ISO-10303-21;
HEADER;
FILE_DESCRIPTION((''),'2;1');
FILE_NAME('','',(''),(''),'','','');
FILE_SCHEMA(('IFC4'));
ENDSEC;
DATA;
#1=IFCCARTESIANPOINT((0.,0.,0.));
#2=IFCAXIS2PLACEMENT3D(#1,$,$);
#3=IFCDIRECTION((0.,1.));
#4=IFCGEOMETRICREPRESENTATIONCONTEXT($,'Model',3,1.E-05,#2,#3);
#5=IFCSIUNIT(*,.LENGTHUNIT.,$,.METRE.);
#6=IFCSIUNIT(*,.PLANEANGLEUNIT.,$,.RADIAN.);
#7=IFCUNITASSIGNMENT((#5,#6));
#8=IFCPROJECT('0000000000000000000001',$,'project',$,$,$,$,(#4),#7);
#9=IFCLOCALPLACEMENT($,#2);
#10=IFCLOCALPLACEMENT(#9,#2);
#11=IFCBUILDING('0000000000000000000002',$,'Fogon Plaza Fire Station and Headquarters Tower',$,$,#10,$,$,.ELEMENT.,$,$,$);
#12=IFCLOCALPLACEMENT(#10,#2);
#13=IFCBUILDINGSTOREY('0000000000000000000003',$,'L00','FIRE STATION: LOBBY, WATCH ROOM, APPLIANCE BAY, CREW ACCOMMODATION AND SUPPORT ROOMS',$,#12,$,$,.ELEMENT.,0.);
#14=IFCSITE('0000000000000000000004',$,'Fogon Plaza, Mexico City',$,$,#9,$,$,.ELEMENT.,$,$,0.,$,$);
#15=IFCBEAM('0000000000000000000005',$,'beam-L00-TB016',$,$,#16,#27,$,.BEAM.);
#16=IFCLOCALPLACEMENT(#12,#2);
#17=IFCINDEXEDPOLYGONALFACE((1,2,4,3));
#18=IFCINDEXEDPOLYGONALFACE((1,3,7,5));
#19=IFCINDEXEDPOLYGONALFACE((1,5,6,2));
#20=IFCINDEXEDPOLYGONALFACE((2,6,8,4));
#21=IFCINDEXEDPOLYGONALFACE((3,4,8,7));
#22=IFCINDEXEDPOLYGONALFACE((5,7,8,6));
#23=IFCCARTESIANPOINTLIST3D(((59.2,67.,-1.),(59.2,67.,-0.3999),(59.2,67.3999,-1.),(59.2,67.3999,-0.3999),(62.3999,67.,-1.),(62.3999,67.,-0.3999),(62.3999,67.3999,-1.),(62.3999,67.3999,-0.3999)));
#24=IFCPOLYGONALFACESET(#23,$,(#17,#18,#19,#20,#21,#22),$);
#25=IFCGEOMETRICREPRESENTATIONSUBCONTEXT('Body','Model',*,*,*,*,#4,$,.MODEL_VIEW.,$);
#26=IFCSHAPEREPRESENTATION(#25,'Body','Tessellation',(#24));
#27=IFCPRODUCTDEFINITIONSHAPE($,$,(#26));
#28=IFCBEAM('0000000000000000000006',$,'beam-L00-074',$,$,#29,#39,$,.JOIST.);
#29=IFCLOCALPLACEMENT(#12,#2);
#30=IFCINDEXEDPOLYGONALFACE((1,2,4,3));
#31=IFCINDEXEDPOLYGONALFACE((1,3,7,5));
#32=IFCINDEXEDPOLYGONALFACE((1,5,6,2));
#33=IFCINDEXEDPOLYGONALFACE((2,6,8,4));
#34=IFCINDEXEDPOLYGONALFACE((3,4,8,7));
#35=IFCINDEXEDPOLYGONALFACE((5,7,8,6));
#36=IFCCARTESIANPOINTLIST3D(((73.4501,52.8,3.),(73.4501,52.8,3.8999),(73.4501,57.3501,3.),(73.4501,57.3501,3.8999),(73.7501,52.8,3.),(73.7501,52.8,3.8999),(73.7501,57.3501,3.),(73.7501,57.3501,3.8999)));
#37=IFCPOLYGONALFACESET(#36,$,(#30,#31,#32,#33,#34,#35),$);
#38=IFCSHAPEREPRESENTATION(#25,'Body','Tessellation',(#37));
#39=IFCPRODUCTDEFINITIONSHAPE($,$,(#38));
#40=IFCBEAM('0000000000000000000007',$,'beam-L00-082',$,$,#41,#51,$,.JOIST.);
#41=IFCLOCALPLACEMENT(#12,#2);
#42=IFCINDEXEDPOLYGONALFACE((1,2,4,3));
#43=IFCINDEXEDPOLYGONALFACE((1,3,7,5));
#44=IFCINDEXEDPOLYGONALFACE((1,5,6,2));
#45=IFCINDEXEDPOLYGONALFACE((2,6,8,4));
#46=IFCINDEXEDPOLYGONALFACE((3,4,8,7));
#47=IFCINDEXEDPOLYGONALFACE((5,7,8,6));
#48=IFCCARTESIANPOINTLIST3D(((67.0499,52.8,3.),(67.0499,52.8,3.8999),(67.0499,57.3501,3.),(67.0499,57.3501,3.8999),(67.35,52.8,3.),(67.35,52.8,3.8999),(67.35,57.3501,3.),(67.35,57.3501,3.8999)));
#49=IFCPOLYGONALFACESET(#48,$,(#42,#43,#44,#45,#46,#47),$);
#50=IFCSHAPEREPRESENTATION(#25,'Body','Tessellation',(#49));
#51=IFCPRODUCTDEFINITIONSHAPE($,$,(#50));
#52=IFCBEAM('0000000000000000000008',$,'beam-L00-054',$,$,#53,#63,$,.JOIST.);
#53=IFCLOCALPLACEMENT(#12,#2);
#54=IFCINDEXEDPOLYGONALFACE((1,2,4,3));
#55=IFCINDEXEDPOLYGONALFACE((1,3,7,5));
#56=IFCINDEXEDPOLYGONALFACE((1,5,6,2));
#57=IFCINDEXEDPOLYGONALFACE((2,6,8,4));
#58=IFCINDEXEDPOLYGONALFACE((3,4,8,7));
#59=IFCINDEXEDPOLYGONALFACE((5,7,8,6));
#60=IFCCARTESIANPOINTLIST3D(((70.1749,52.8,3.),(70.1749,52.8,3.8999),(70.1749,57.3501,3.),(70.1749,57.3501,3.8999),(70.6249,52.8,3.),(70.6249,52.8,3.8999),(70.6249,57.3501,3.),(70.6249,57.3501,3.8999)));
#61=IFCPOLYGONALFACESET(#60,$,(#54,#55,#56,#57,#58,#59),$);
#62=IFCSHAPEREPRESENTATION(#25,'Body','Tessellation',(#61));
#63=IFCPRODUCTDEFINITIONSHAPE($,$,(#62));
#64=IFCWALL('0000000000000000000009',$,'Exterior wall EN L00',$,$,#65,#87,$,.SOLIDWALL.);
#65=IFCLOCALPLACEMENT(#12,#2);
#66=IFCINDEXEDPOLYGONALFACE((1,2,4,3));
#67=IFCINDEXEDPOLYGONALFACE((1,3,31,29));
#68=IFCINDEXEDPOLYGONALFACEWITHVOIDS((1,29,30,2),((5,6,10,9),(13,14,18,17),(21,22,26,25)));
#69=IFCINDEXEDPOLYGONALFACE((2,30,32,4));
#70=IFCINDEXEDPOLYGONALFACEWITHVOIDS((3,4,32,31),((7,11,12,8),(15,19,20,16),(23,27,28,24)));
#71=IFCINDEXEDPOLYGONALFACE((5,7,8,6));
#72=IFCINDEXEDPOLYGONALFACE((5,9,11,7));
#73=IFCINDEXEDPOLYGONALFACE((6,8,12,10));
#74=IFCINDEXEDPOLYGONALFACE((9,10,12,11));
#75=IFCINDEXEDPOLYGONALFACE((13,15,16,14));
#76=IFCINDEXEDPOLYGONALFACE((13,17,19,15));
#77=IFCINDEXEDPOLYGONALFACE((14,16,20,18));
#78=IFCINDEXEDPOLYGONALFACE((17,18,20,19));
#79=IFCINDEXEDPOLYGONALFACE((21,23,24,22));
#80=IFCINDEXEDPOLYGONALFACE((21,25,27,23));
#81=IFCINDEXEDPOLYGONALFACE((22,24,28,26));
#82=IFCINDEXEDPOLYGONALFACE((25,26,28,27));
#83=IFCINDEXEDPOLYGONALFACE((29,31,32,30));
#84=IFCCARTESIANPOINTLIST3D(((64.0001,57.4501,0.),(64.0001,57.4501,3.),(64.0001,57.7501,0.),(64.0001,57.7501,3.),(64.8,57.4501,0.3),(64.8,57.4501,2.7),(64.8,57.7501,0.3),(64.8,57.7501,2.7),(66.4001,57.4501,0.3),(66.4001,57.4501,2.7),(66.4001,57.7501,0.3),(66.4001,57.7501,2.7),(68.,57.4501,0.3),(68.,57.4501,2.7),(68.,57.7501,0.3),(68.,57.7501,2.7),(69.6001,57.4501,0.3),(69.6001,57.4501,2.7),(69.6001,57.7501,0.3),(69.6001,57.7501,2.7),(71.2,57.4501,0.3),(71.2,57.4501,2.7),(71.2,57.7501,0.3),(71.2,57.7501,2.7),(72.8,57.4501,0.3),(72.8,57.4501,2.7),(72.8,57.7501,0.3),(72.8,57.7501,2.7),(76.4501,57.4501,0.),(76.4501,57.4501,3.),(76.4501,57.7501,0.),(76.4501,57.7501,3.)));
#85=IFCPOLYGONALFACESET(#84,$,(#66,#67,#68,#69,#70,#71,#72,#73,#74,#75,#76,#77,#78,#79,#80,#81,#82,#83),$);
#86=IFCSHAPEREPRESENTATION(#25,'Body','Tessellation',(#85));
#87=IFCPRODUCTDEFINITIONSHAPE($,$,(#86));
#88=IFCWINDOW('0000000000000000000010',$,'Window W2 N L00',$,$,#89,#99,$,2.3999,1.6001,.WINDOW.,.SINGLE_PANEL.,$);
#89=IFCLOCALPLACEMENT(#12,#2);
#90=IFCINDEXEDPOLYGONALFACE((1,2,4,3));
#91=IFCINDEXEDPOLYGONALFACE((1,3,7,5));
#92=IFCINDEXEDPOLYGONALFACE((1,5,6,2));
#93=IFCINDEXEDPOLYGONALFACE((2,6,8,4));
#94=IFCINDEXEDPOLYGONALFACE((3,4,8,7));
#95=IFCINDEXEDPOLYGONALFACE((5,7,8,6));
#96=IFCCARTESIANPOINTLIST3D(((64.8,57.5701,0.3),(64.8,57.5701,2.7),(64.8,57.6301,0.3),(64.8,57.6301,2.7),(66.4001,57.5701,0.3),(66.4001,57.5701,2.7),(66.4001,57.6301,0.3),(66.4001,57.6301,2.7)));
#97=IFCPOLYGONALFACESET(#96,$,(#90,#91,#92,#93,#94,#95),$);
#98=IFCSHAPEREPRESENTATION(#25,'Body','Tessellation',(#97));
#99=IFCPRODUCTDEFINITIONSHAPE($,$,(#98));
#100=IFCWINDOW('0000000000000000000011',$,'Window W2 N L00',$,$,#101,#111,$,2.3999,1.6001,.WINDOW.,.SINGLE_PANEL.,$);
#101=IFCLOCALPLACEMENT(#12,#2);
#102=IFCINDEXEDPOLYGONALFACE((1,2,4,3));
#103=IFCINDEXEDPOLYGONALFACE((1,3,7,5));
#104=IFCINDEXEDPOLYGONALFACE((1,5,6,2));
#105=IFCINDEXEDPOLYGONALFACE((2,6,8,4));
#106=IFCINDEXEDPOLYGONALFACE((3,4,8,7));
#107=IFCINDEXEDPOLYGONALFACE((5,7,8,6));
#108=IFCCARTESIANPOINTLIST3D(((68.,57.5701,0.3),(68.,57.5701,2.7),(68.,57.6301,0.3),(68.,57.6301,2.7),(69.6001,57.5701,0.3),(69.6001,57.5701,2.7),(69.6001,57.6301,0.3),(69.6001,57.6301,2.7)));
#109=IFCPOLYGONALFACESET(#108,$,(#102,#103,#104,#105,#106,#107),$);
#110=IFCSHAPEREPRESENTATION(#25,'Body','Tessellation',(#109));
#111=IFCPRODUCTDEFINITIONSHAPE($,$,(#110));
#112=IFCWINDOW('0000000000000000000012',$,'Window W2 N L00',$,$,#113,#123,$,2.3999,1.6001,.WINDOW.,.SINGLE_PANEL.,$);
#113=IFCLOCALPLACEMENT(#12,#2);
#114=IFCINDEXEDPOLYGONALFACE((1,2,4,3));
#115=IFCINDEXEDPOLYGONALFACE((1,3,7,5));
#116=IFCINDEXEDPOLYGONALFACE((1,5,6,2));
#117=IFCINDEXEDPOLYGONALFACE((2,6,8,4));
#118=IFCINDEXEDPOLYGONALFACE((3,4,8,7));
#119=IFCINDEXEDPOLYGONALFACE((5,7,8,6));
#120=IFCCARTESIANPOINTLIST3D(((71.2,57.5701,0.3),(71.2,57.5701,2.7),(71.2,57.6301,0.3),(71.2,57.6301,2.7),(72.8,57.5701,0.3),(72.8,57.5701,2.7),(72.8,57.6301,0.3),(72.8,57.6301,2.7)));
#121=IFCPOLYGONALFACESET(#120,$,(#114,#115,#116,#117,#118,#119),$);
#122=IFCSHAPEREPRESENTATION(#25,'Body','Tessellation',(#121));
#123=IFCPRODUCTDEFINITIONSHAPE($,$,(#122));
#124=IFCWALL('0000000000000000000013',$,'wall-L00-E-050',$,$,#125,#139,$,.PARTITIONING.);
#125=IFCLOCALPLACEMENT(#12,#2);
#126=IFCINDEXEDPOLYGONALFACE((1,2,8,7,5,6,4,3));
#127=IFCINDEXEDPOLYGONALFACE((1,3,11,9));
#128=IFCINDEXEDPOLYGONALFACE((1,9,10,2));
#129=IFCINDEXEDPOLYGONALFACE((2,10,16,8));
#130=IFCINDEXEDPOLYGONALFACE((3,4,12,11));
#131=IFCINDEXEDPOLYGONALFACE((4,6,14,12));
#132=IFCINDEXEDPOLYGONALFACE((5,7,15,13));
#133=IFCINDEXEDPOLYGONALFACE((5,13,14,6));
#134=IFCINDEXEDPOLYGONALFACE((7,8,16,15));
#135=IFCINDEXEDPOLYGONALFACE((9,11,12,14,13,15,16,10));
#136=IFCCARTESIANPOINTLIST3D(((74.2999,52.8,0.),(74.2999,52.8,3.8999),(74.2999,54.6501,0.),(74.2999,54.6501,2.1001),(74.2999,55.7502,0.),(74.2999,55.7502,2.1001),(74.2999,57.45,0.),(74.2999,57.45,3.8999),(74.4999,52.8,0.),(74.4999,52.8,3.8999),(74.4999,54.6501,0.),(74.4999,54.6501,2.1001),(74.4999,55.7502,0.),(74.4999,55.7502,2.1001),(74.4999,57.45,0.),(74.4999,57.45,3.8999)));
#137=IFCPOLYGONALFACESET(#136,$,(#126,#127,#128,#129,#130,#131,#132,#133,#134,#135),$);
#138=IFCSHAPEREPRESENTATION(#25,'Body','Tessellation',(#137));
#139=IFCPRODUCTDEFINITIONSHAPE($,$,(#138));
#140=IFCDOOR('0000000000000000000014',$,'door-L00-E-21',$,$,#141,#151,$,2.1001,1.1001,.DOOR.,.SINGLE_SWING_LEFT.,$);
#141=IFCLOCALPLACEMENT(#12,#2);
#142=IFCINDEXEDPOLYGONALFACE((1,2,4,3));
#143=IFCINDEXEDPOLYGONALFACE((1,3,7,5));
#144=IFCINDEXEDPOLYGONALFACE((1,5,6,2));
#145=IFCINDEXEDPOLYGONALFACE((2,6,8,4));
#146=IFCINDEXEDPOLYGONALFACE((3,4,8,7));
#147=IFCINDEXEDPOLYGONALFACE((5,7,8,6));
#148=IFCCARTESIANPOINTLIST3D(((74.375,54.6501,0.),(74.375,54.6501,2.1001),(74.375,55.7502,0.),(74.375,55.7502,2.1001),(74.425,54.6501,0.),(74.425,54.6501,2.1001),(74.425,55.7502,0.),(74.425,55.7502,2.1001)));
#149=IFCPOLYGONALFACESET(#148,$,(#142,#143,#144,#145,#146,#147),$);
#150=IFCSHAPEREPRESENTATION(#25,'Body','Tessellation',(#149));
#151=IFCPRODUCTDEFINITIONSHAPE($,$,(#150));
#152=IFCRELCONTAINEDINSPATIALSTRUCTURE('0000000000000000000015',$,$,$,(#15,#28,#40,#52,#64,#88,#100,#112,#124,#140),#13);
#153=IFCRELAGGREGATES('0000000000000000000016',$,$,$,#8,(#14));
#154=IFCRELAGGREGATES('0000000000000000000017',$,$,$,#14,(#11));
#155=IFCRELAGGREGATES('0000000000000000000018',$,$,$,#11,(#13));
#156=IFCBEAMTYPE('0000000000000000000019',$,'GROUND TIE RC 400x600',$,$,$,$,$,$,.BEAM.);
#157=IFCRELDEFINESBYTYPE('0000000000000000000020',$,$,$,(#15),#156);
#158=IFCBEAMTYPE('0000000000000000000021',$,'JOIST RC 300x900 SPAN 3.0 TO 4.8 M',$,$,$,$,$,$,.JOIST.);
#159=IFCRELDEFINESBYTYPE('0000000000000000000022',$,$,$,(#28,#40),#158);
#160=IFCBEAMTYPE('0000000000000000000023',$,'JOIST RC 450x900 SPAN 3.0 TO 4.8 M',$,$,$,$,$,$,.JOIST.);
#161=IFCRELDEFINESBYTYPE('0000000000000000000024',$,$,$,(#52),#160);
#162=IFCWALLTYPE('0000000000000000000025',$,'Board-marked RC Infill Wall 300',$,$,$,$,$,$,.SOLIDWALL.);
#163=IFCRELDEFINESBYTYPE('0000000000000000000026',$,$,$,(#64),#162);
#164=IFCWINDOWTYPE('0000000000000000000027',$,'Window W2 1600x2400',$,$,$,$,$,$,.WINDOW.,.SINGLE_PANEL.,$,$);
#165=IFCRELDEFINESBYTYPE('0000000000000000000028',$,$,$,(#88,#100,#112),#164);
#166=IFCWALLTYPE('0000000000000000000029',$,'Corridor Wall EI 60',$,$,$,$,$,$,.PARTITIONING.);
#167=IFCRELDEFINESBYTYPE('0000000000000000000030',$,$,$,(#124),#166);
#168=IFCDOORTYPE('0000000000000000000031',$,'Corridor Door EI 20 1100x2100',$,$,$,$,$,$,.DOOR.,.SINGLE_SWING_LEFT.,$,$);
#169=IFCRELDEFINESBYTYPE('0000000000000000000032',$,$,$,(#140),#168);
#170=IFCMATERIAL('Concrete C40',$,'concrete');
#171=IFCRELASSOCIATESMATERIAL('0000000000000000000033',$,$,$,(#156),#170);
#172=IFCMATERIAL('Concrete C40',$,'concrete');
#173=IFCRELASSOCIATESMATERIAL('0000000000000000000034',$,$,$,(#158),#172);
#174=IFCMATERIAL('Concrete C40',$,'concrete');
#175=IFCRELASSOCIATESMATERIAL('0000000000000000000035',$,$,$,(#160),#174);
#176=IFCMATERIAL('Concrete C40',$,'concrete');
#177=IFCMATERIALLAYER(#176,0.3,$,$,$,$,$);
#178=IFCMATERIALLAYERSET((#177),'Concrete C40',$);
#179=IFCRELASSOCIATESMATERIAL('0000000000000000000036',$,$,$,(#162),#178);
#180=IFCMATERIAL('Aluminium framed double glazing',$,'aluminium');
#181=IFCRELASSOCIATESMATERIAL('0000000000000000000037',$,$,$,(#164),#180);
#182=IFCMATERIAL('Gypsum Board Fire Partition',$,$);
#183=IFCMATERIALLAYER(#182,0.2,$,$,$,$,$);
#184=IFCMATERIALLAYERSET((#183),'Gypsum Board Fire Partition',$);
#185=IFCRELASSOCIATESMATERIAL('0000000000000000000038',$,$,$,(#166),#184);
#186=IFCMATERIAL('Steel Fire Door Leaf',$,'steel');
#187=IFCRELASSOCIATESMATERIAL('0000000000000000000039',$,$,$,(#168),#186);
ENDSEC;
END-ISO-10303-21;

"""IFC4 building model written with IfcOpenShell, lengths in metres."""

from ifc_helpers import new_model, si_unit, direction, frame, frame_2d, origin, origin_2d, place, context, subcontext, project, spatial, rectangle, extrude, material, layer, layer_set, material_profile, profile_set, type_object, element, fill, save


model = new_model("IFC4")

# Units and contexts
model_context = context("Model", 3, precision=1e-05, world=origin(), true_north=direction((0.0, 1.0)))
body_context = subcontext(model_context, "Body", "Model", "MODEL_VIEW")
ifc_project = project(units=[si_unit("LENGTHUNIT", "METRE"), si_unit("PLANEANGLEUNIT", "RADIAN")], contexts=[model_context])

# Site, building, storey
site_placement = place(None, origin())
site = spatial("IfcSite", under=ifc_project, at=site_placement, Name="Fogon Plaza, Mexico City", CompositionType="ELEMENT", RefElevation=0.0)
building_placement = place(site_placement, origin())
building = spatial("IfcBuilding", under=site, at=building_placement, Name="Fogon Plaza Fire Station and Headquarters Tower", CompositionType="ELEMENT")
storey_placement = place(building_placement, origin())
storey = spatial("IfcBuildingStorey", under=building, at=storey_placement, Name="L00", Description="FIRE STATION: LOBBY, WATCH ROOM, APPLIANCE BAY, CREW ACCOMMODATION AND SUPPORT ROOMS", CompositionType="ELEMENT", Elevation=0.0)

# Beams
ifc_material_1 = material(Name="Concrete C40", Category="concrete")
ifc_material_profile_1 = material_profile(ifc_material_1, rectangle(XDim=0.3999, YDim=0.6001, at=origin_2d()), Name="RC 400x600")
ifc_profile_set_1 = profile_set([ifc_material_profile_1], Name="Concrete C40")
beam_type_1 = type_object("IfcBeamType", Name="GROUND TIE RC 400x600", PredefinedType="BEAM", material=ifc_profile_set_1)
beam_1_placement = place(storey_placement, frame((59.2, 67.2, -0.7), z_axis=(1.0, 0.0, 0.0), x_axis=(0.0, 1.0, 0.0)))
element("IfcBeam", 1, at=beam_1_placement, inside=storey, type_object=beam_type_1, Name="beam-L00-TB016", PredefinedType="BEAM", context=body_context, shape_type="SweptSolid", body=[
    extrude(rectangle(XDim=0.3999, YDim=0.6001, at=origin_2d()), origin(), (0.0, 0.0, 1.0), 3.2),
])
ifc_material_2 = material(Name="Concrete C40", Category="concrete")
ifc_material_profile_2 = material_profile(ifc_material_2, rectangle(XDim=0.3, YDim=0.8999, at=origin_2d()), Name="RC 300x900")
ifc_profile_set_2 = profile_set([ifc_material_profile_2], Name="Concrete C40")
beam_type_2 = type_object("IfcBeamType", Name="JOIST RC 300x900 SPAN 3.0 TO 4.8 M", PredefinedType="JOIST", material=ifc_profile_set_2)
for number, where, z_axis, x_axis, name in (
    (2, (73.6001, 52.8, 3.45), (0.0, 1.0, 0.0), (-1.0, 0.0, 0.0), "beam-L00-074"),
    (3, (67.2, 52.8, 3.45), (0.0, 1.0, 0.0), (-1.0, 0.0, 0.0), "beam-L00-082"),
):
    element("IfcBeam", number, at=place(storey_placement, frame(where, z_axis=z_axis, x_axis=x_axis)), inside=storey, type_object=beam_type_2, Name=name, PredefinedType="JOIST", context=body_context, shape_type="SweptSolid", body=[
        extrude(rectangle(XDim=0.3, YDim=0.8999, at=origin_2d()), origin(), (0.0, 0.0, 1.0), 4.55),
    ])
ifc_material_3 = material(Name="Concrete C40", Category="concrete")
ifc_material_profile_3 = material_profile(ifc_material_3, rectangle(XDim=0.45, YDim=0.8999, at=origin_2d()), Name="RC 450x900")
ifc_profile_set_3 = profile_set([ifc_material_profile_3], Name="Concrete C40")
beam_type_3 = type_object("IfcBeamType", Name="JOIST RC 450x900 SPAN 3.0 TO 4.8 M", PredefinedType="JOIST", material=ifc_profile_set_3)
beam_2_placement = place(storey_placement, frame((70.3999, 52.8, 3.45), z_axis=(0.0, 1.0, 0.0), x_axis=(-1.0, 0.0, 0.0)))
element("IfcBeam", 4, at=beam_2_placement, inside=storey, type_object=beam_type_3, Name="beam-L00-054", PredefinedType="JOIST", context=body_context, shape_type="SweptSolid", body=[
    extrude(rectangle(XDim=0.45, YDim=0.8999, at=origin_2d()), origin(), (0.0, 0.0, 1.0), 4.55),
])

# Wall, openings, windows
ifc_material_4 = material(Name="Concrete C40", Category="concrete")
ifc_layer_1 = layer(ifc_material_4, 0.3)
ifc_layer_set_1 = layer_set([ifc_layer_1], Name="Concrete C40")
wall_type_1 = type_object("IfcWallType", Name="Board-marked RC Infill Wall 300", PredefinedType="SOLIDWALL", material=ifc_layer_set_1)
wall_1_placement = place(storey_placement, frame((64.0, 57.6001, 0.0), z_axis=(0.0, 0.0, 1.0), x_axis=(1.0, 0.0, 0.0)))
wall_1 = element("IfcWall", 5, at=wall_1_placement, inside=storey, type_object=wall_type_1, Name="Exterior wall EN L00", PredefinedType="SOLIDWALL", context=body_context, shape_type="SweptSolid", body=[
    extrude(rectangle(XDim=12.45, YDim=0.3, at=frame_2d((6.2251, 0.0))), origin(), (0.0, 0.0, 1.0), 3.0),
])
opening_1_placement = place(wall_1_placement, frame((0.8, 0.0, 0.3)))
opening_1 = element("IfcOpeningElement", 6, at=opening_1_placement, cuts=wall_1, PredefinedType="OPENING", context=body_context, shape_type="SweptSolid", body=[
    extrude(rectangle(XDim=1.6001, YDim=2.3999, at=frame_2d((0.8, 1.2))), frame((0.0, 0.1599, 0.0), z_axis=(0.0, -1.0, 0.0), x_axis=(1.0, 0.0, 0.0)), (0.0, 0.0, 1.0), 0.3201),
])
opening_2_placement = place(wall_1_placement, frame((4.0, 0.0, 0.3)))
opening_2 = element("IfcOpeningElement", 7, at=opening_2_placement, cuts=wall_1, PredefinedType="OPENING", context=body_context, shape_type="SweptSolid", body=[
    extrude(rectangle(XDim=1.6001, YDim=2.3999, at=frame_2d((0.8, 1.2))), frame((0.0, 0.1599, 0.0), z_axis=(0.0, -1.0, 0.0), x_axis=(1.0, 0.0, 0.0)), (0.0, 0.0, 1.0), 0.3201),
])
opening_3_placement = place(wall_1_placement, frame((7.2, 0.0, 0.3)))
opening_3 = element("IfcOpeningElement", 8, at=opening_3_placement, cuts=wall_1, PredefinedType="OPENING", context=body_context, shape_type="SweptSolid", body=[
    extrude(rectangle(XDim=1.6001, YDim=2.3999, at=frame_2d((0.8, 1.2))), frame((0.0, 0.1599, 0.0), z_axis=(0.0, -1.0, 0.0), x_axis=(1.0, 0.0, 0.0)), (0.0, 0.0, 1.0), 0.3201),
])
ifc_material_5 = material(Name="Aluminium framed double glazing", Category="aluminium")
window_type = type_object("IfcWindowType", Name="Window W2 1600x2400", PartitioningType="SINGLE_PANEL", PredefinedType="WINDOW", material=ifc_material_5)
window_1_placement = place(opening_1_placement, origin())
window_1 = element("IfcWindow", 9, at=window_1_placement, inside=storey, type_object=window_type, Name="Window W2 N L00", OverallHeight=2.3999, OverallWidth=1.6001, PartitioningType="SINGLE_PANEL", PredefinedType="WINDOW", context=body_context, shape_type="SweptSolid", body=[
    extrude(rectangle(XDim=1.6001, YDim=2.3999, at=frame_2d((0.8, 1.2))), frame((0.0, 0.03, 0.0), z_axis=(0.0, -1.0, 0.0), x_axis=(1.0, 0.0, 0.0)), (0.0, 0.0, 1.0), 0.0601),
])
fill(opening_1, window_1)
window_2_placement = place(opening_2_placement, origin())
window_2 = element("IfcWindow", 10, at=window_2_placement, inside=storey, type_object=window_type, Name="Window W2 N L00", OverallHeight=2.3999, OverallWidth=1.6001, PartitioningType="SINGLE_PANEL", PredefinedType="WINDOW", context=body_context, shape_type="SweptSolid", body=[
    extrude(rectangle(XDim=1.6001, YDim=2.3999, at=frame_2d((0.8, 1.2))), frame((0.0, 0.03, 0.0), z_axis=(0.0, -1.0, 0.0), x_axis=(1.0, 0.0, 0.0)), (0.0, 0.0, 1.0), 0.0601),
])
fill(opening_2, window_2)
window_3_placement = place(opening_3_placement, origin())
window_3 = element("IfcWindow", 11, at=window_3_placement, inside=storey, type_object=window_type, Name="Window W2 N L00", OverallHeight=2.3999, OverallWidth=1.6001, PartitioningType="SINGLE_PANEL", PredefinedType="WINDOW", context=body_context, shape_type="SweptSolid", body=[
    extrude(rectangle(XDim=1.6001, YDim=2.3999, at=frame_2d((0.8, 1.2))), frame((0.0, 0.03, 0.0), z_axis=(0.0, -1.0, 0.0), x_axis=(1.0, 0.0, 0.0)), (0.0, 0.0, 1.0), 0.0601),
])
fill(opening_3, window_3)

# Wall, opening, door
ifc_material_6 = material(Name="Gypsum Board Fire Partition")
ifc_layer_2 = layer(ifc_material_6, 0.2)
ifc_layer_set_2 = layer_set([ifc_layer_2], Name="Gypsum Board Fire Partition")
wall_type_2 = type_object("IfcWallType", Name="Corridor Wall EI 60", PredefinedType="PARTITIONING", material=ifc_layer_set_2)
wall_2_placement = place(storey_placement, frame((74.3999, 52.8, 0.0), z_axis=(0.0, 0.0, 1.0), x_axis=(0.0, 1.0, 0.0)))
wall_2 = element("IfcWall", 12, at=wall_2_placement, inside=storey, type_object=wall_type_2, Name="wall-L00-E-050", PredefinedType="PARTITIONING", context=body_context, shape_type="SweptSolid", body=[
    extrude(rectangle(XDim=4.6499, YDim=0.2, at=frame_2d((2.325, 0.0))), origin(), (0.0, 0.0, 1.0), 3.8999),
])
opening_4_placement = place(wall_2_placement, frame((1.8501, 0.0, 0.0)))
opening_4 = element("IfcOpeningElement", 13, at=opening_4_placement, cuts=wall_2, PredefinedType="OPENING", context=body_context, shape_type="SweptSolid", body=[
    extrude(rectangle(XDim=1.1001, YDim=2.1001, at=frame_2d((0.55, 1.05))), frame((0.0, 0.1099, 0.0), z_axis=(0.0, -1.0, 0.0), x_axis=(1.0, 0.0, 0.0)), (0.0, 0.0, 1.0), 0.22),
])
ifc_material_7 = material(Name="Steel Fire Door Leaf", Category="steel")
door_type_1 = type_object("IfcDoorType", Name="Corridor Door EI 20 1100x2100", OperationType="SINGLE_SWING_LEFT", PredefinedType="DOOR", material=ifc_material_7)
door_1_placement = place(opening_4_placement, origin())
door_1 = element("IfcDoor", 14, at=door_1_placement, inside=storey, type_object=door_type_1, Name="door-L00-E-21", OperationType="SINGLE_SWING_LEFT", OverallHeight=2.1001, OverallWidth=1.1001, PredefinedType="DOOR", context=body_context, shape_type="SweptSolid", body=[
    extrude(rectangle(XDim=1.1001, YDim=2.1001, at=frame_2d((0.55, 1.05))), frame((0.0, 0.0249, 0.0), z_axis=(0.0, -1.0, 0.0), x_axis=(1.0, 0.0, 0.0)), (0.0, 0.0, 1.0), 0.05),
])
fill(opening_4, door_1)

save(model, "model.ifc")
